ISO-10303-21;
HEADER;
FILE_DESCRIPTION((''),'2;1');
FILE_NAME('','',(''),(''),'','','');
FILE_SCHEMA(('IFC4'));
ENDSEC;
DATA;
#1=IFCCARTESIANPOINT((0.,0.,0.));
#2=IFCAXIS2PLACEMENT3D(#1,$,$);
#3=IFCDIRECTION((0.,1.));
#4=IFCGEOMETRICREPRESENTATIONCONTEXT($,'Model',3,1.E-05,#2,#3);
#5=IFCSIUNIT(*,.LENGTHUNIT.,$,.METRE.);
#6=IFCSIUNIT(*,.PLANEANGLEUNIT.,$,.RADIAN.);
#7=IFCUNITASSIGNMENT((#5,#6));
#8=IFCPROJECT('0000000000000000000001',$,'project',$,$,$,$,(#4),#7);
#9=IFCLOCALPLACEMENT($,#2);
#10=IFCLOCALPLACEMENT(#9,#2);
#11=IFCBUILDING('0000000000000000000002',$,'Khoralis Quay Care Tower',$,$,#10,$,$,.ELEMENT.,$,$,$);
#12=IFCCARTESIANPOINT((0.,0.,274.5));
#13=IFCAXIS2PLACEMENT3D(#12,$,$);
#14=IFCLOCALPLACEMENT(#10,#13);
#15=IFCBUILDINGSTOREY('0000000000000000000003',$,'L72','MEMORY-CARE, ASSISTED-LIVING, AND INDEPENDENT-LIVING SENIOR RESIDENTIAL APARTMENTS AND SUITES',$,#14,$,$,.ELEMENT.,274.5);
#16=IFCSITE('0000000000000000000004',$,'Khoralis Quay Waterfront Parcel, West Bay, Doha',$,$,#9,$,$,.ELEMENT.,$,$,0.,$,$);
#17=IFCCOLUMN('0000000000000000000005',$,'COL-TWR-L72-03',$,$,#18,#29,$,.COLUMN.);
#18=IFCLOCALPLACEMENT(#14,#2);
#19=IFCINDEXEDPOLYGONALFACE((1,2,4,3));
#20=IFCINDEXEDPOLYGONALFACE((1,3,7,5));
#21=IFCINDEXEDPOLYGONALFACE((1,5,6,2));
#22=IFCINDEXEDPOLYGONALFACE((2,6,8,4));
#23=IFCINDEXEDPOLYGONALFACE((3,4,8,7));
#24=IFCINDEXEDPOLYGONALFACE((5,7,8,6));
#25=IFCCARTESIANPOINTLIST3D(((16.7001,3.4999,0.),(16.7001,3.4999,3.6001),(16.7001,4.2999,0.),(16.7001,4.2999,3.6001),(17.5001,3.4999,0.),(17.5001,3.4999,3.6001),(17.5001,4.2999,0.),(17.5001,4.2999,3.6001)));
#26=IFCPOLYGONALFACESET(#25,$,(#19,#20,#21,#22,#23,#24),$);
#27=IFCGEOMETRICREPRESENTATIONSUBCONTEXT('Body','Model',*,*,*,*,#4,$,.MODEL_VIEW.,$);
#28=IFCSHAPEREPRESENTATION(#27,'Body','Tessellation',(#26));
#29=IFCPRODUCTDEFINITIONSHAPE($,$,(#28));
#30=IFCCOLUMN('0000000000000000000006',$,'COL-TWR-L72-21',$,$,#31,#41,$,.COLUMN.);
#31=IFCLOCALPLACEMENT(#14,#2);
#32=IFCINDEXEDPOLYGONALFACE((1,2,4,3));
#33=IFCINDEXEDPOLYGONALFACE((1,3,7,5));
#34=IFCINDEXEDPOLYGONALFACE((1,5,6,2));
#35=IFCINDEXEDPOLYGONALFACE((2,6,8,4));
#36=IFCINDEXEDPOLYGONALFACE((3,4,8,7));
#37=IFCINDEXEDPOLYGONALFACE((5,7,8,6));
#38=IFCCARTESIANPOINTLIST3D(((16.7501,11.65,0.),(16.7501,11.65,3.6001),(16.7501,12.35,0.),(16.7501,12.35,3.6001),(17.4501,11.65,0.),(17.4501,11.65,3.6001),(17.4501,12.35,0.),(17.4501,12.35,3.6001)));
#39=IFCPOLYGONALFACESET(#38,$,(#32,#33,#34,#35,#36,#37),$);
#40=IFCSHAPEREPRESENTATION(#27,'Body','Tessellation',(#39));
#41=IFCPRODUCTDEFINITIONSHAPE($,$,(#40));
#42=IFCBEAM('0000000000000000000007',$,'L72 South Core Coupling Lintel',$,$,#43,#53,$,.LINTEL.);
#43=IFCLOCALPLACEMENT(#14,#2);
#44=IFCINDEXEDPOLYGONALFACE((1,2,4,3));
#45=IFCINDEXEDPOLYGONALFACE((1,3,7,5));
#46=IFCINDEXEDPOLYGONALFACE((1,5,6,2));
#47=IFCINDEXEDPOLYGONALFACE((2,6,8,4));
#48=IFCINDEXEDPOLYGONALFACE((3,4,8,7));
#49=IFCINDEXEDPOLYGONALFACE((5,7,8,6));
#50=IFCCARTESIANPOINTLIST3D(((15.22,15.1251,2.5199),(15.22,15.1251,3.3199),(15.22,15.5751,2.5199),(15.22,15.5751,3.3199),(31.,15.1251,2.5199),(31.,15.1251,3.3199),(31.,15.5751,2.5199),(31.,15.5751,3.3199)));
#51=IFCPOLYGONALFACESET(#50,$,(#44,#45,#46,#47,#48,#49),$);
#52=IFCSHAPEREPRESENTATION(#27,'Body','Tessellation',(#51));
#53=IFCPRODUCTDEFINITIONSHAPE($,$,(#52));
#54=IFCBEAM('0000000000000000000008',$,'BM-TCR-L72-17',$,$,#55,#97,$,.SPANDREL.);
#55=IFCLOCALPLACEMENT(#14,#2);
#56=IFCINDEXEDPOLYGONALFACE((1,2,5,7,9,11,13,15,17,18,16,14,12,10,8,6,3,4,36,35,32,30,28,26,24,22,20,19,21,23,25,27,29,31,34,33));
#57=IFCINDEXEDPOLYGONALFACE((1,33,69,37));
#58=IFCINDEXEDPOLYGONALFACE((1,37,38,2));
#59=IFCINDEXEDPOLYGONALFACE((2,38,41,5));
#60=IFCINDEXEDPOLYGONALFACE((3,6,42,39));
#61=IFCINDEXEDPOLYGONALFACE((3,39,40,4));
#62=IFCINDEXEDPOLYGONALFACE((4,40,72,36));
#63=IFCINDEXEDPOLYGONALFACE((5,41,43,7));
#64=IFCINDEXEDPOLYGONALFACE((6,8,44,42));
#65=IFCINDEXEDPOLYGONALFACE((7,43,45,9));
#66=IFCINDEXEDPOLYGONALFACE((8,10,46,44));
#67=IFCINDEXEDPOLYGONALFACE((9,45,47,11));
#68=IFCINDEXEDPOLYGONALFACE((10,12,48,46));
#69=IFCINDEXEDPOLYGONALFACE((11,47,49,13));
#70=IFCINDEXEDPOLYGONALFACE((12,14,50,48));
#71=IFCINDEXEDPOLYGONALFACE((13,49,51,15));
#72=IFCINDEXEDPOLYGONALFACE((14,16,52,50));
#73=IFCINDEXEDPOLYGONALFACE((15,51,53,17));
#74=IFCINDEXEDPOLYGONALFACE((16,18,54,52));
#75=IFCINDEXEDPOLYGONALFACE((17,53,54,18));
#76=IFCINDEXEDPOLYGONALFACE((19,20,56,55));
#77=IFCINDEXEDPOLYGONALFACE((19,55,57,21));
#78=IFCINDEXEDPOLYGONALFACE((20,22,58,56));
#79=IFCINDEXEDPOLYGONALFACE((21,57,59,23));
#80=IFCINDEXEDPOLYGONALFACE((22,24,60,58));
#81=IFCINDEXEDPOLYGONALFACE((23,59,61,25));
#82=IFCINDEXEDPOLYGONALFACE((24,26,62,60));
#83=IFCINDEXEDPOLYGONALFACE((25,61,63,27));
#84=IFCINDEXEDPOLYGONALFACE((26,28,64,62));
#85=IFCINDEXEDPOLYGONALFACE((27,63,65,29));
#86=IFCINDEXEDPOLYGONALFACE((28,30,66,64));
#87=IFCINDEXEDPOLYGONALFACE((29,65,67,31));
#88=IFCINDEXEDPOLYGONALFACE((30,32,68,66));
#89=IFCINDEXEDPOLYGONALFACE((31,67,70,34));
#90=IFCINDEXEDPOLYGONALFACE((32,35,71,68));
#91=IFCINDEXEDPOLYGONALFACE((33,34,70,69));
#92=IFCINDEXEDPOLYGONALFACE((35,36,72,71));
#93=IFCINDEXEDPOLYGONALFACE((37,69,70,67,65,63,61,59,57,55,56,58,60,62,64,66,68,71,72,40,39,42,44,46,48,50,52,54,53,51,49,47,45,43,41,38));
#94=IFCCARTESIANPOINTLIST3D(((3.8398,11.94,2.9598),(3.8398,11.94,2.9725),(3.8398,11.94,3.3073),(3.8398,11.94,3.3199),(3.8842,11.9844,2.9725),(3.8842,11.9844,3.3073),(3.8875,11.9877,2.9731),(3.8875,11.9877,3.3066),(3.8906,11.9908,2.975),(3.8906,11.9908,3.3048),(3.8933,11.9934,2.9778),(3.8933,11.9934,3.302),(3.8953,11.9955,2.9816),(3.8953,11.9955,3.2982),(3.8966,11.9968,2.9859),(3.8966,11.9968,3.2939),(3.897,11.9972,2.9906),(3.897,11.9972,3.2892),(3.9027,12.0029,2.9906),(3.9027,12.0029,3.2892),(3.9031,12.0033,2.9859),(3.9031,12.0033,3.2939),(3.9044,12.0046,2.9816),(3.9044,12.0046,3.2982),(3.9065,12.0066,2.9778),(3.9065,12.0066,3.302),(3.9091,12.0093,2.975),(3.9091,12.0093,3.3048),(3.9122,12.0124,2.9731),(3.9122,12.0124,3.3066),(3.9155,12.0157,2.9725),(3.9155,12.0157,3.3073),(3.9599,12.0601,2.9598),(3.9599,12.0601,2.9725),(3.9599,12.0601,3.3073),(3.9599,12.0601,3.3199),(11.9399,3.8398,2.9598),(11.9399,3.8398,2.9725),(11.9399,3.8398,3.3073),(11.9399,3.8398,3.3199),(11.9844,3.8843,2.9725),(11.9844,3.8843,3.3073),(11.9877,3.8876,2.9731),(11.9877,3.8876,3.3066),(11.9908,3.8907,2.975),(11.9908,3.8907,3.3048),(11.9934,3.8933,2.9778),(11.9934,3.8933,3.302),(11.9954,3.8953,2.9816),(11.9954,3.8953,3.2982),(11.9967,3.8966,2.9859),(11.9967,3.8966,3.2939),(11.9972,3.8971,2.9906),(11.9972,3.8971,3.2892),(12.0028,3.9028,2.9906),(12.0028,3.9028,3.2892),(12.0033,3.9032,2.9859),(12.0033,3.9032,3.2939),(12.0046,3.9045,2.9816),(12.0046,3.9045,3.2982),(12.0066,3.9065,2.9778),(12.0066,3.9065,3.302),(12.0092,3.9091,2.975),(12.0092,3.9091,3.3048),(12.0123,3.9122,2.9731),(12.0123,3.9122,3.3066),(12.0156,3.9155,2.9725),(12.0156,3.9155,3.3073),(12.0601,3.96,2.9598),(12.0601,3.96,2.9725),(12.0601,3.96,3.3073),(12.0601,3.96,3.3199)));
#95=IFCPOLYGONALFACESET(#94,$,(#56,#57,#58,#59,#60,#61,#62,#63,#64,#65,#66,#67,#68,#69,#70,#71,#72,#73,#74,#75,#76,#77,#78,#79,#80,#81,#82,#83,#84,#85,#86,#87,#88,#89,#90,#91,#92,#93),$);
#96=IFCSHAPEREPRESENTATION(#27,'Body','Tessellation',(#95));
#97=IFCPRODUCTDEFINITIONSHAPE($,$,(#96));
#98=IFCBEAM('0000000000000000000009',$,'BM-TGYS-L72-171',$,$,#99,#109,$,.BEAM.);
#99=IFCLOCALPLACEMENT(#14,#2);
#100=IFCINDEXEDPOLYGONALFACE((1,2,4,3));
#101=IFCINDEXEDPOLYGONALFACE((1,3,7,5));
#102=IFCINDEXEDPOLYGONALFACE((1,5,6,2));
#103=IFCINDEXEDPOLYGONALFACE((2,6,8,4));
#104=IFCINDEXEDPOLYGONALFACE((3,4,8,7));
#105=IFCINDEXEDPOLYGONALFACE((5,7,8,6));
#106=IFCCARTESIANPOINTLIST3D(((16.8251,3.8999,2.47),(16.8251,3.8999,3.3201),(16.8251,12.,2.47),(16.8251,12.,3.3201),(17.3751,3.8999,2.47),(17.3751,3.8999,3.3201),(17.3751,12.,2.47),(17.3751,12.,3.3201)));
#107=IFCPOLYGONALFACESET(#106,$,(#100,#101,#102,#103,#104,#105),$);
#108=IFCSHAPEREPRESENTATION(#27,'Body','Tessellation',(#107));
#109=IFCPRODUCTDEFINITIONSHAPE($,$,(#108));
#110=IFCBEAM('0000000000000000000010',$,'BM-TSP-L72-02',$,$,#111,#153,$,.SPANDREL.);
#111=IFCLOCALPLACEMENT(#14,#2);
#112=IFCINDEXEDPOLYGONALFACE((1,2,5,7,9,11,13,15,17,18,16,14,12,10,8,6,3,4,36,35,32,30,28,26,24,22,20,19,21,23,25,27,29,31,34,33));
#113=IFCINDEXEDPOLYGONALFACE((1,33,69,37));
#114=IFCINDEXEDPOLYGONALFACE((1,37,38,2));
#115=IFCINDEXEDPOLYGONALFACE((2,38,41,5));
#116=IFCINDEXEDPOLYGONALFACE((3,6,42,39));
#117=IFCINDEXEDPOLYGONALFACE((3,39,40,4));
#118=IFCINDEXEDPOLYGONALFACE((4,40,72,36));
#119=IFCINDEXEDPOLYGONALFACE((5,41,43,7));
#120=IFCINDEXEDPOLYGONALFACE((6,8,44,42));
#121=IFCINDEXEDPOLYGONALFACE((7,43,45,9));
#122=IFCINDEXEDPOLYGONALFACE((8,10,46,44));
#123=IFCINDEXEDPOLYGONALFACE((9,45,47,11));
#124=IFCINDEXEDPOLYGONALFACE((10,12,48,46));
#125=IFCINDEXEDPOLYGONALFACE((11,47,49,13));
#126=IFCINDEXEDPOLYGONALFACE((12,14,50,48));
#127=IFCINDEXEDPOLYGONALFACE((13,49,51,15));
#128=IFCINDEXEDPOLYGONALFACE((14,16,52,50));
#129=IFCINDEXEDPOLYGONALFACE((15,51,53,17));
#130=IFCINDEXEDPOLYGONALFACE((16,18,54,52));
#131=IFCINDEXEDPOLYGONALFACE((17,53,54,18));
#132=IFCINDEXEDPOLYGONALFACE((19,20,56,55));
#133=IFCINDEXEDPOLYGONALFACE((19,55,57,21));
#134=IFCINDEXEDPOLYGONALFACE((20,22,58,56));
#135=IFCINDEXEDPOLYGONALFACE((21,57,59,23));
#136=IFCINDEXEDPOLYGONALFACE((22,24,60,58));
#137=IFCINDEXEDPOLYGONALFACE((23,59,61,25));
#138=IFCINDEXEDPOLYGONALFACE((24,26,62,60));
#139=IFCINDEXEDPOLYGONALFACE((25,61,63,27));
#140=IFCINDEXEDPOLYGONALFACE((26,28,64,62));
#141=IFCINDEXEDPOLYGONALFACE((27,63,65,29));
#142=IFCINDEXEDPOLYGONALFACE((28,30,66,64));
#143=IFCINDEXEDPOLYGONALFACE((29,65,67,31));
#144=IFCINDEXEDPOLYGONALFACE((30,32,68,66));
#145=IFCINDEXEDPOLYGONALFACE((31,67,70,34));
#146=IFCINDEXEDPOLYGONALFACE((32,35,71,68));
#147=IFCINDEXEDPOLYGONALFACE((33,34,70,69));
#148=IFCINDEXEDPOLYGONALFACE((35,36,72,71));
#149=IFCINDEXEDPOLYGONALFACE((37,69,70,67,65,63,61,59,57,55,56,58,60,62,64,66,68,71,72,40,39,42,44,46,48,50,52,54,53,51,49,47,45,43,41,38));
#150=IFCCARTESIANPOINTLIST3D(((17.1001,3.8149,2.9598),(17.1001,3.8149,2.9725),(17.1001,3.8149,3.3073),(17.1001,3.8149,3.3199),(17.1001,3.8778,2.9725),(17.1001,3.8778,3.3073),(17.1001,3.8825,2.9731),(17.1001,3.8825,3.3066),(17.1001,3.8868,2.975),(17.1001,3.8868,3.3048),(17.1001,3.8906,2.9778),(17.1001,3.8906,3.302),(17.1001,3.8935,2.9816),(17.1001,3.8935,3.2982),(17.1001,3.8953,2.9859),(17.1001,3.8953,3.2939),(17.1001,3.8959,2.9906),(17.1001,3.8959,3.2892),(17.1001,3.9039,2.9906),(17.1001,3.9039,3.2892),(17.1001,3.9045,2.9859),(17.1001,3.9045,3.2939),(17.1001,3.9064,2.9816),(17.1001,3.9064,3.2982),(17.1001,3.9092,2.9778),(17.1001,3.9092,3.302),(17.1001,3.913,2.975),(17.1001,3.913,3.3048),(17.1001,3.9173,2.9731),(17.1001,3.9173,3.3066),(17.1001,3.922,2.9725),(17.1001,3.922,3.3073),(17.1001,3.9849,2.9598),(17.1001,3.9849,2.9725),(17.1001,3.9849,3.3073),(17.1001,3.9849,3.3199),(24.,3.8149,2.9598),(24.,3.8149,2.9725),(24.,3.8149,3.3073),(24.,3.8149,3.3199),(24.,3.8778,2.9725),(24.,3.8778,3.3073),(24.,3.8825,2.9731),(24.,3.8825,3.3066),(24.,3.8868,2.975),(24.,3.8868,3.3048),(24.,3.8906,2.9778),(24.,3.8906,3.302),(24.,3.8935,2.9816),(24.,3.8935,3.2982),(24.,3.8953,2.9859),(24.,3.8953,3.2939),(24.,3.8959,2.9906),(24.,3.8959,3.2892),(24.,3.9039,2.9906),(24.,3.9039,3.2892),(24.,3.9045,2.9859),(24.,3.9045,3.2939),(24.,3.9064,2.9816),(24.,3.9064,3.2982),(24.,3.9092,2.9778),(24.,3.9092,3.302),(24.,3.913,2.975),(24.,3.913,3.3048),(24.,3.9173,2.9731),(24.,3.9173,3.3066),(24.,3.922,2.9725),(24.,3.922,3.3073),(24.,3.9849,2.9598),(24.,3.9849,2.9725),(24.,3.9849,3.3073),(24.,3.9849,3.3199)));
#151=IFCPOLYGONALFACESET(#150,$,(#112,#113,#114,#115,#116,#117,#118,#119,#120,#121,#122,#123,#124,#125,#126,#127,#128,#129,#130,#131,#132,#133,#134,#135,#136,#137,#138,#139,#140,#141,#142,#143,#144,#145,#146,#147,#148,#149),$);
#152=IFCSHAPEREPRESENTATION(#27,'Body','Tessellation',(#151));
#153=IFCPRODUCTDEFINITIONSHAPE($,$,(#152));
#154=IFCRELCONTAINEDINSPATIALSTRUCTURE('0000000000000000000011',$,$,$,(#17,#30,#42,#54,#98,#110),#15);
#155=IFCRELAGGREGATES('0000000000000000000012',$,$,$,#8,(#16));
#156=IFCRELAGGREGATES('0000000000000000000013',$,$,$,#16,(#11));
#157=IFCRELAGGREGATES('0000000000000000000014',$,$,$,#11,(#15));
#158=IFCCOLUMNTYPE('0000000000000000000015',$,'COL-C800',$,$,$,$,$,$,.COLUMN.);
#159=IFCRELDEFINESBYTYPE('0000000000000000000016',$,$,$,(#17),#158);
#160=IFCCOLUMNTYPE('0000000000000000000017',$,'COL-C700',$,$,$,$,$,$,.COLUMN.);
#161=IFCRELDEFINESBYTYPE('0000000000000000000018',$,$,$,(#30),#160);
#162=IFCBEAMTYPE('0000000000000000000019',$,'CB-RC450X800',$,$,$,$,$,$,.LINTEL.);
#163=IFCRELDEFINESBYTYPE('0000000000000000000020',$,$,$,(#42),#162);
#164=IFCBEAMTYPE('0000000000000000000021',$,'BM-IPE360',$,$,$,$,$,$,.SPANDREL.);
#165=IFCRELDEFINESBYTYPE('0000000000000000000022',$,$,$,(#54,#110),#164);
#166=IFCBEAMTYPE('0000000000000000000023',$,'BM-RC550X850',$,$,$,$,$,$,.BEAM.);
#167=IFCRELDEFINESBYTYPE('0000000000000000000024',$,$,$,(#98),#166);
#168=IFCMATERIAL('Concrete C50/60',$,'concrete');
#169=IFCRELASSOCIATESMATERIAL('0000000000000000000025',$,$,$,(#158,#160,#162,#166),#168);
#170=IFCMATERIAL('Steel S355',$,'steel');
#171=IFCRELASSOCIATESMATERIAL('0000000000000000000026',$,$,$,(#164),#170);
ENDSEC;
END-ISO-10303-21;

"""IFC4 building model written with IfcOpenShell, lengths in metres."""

from ifc_helpers import new_model, si_unit, direction, frame, origin, origin_2d, place, context, subcontext, project, spatial, rectangle, i_section, extrude, source, transform, mapped, material, material_profile, profile_set, type_object, element, save


model = new_model("IFC4")

# Units and contexts
model_context = context("Model", 3, precision=1e-05, world=origin(), true_north=direction((0.0, 1.0)))
body_context = subcontext(model_context, "Body", "Model", "MODEL_VIEW")
ifc_project = project(units=[si_unit("LENGTHUNIT", "METRE"), si_unit("PLANEANGLEUNIT", "RADIAN")], contexts=[model_context])

# Site, building, storey
site_placement = place(None, origin())
site = spatial("IfcSite", under=ifc_project, at=site_placement, Name="Khoralis Quay Waterfront Parcel, West Bay, Doha", CompositionType="ELEMENT", RefElevation=0.0)
building_placement = place(site_placement, origin())
building = spatial("IfcBuilding", under=site, at=building_placement, Name="Khoralis Quay Care Tower", CompositionType="ELEMENT")
storey_placement = place(building_placement, frame((0.0, 0.0, 274.5)))
storey = spatial("IfcBuildingStorey", under=building, at=storey_placement, Name="L72", Description="MEMORY-CARE, ASSISTED-LIVING, AND INDEPENDENT-LIVING SENIOR RESIDENTIAL APARTMENTS AND SUITES", CompositionType="ELEMENT", Elevation=274.5)

# Columns
ifc_material_1 = material(Name="Concrete C50/60", Category="concrete")
ifc_material_profile_1 = material_profile(ifc_material_1, rectangle(XDim=0.8, YDim=0.8, at=origin_2d()), Name="Concrete C50/60")
ifc_profile_set_1 = profile_set([ifc_material_profile_1], Name="Concrete C50/60")
column_type_1 = type_object("IfcColumnType", Name="COL-C800", PredefinedType="COLUMN", material=ifc_profile_set_1)
shared_shape_1 = source(origin(), body_context, "Body", "SweptSolid", [
    extrude(rectangle(XDim=0.8, YDim=0.8, at=origin_2d()), origin(), (0.0, 0.0, 1.0), 3.6001),
])
column_1_placement = place(storey_placement, frame((17.1001, 3.8999, 0.0), z_axis=(0.0, 0.0, 1.0), x_axis=(1.0, 0.0, 0.0)))
element("IfcColumn", 1, at=column_1_placement, inside=storey, type_object=column_type_1, Name="COL-TWR-L72-03", PredefinedType="COLUMN", context=body_context, shape_type="MappedRepresentation", body=[
    mapped(shared_shape_1, transform((0.0, 0.0, 0.0), scale=1.0)),
])
ifc_material_profile_2 = material_profile(ifc_material_1, rectangle(XDim=0.7, YDim=0.7, at=origin_2d()), Name="Concrete C50/60")
ifc_profile_set_2 = profile_set([ifc_material_profile_2], Name="Concrete C50/60")
column_type_2 = type_object("IfcColumnType", Name="COL-C700", PredefinedType="COLUMN", material=ifc_profile_set_2)
shared_shape_2 = source(origin(), body_context, "Body", "SweptSolid", [
    extrude(rectangle(XDim=0.7, YDim=0.7, at=origin_2d()), origin(), (0.0, 0.0, 1.0), 3.6001),
])
column_2_placement = place(storey_placement, frame((17.1001, 12.0, 0.0), z_axis=(0.0, 0.0, 1.0), x_axis=(1.0, 0.0, 0.0)))
element("IfcColumn", 2, at=column_2_placement, inside=storey, type_object=column_type_2, Name="COL-TWR-L72-21", PredefinedType="COLUMN", context=body_context, shape_type="MappedRepresentation", body=[
    mapped(shared_shape_2, transform((0.0, 0.0, 0.0), scale=1.0)),
])

# Beams
ifc_material_profile_3 = material_profile(ifc_material_1, rectangle(XDim=0.45, YDim=0.8, at=origin_2d()), Name="Concrete C50/60")
ifc_profile_set_3 = profile_set([ifc_material_profile_3], Name="Concrete C50/60")
beam_type_1 = type_object("IfcBeamType", Name="CB-RC450X800", PredefinedType="LINTEL", material=ifc_profile_set_3)
shared_shape_3 = source(origin(), body_context, "Body", "SweptSolid", [
    extrude(rectangle(XDim=0.45, YDim=0.8, at=origin_2d()), origin(), (0.0, 0.0, 1.0), 15.78),
])
beam_1_placement = place(storey_placement, frame((15.22, 15.3501, 2.9199), z_axis=(1.0, 0.0, 0.0), x_axis=(0.0, 1.0, 0.0)))
element("IfcBeam", 3, at=beam_1_placement, inside=storey, type_object=beam_type_1, Name="L72 South Core Coupling Lintel", PredefinedType="LINTEL", context=body_context, shape_type="MappedRepresentation", body=[
    mapped(shared_shape_3, transform((0.0, 0.0, 0.0), scale=1.0)),
])
ifc_material_2 = material(Name="Steel S355", Category="steel")
ifc_material_profile_4 = material_profile(ifc_material_2, i_section(OverallWidth=0.1699, OverallDepth=0.3601, WebThickness=0.0081, FlangeThickness=0.0127, FilletRadius=0.0181, at=origin_2d()), Name="Steel S355")
ifc_profile_set_4 = profile_set([ifc_material_profile_4], Name="Steel S355")
beam_type_2 = type_object("IfcBeamType", Name="BM-IPE360", PredefinedType="SPANDREL", material=ifc_profile_set_4)
shared_shape_4 = source(origin(), body_context, "Body", "SweptSolid", [
    extrude(i_section(OverallWidth=0.1699, OverallDepth=0.3601, WebThickness=0.0081, FlangeThickness=0.0127, FilletRadius=0.0181, at=origin_2d()), origin(), (0.0, 0.0, 1.0), 11.4553),
])
beam_2_placement = place(storey_placement, frame((12.0, 3.8999, 3.1399), z_axis=(-0.707107, 0.707107, 0.0), x_axis=(-0.707107, -0.707107, 0.0)))
element("IfcBeam", 4, at=beam_2_placement, inside=storey, type_object=beam_type_2, Name="BM-TCR-L72-17", PredefinedType="SPANDREL", context=body_context, shape_type="MappedRepresentation", body=[
    mapped(shared_shape_4, transform((0.0, 0.0, 0.0), scale=1.0)),
])
ifc_material_profile_5 = material_profile(ifc_material_1, rectangle(XDim=0.55, YDim=0.8501, at=origin_2d()), Name="Concrete C50/60")
ifc_profile_set_5 = profile_set([ifc_material_profile_5], Name="Concrete C50/60")
beam_type_3 = type_object("IfcBeamType", Name="BM-RC550X850", PredefinedType="BEAM", material=ifc_profile_set_5)
shared_shape_5 = source(origin(), body_context, "Body", "SweptSolid", [
    extrude(rectangle(XDim=0.55, YDim=0.8501, at=origin_2d()), origin(), (0.0, 0.0, 1.0), 8.1001),
])
beam_3_placement = place(storey_placement, frame((17.1001, 3.8999, 2.895), z_axis=(0.0, 1.0, 0.0), x_axis=(-1.0, 0.0, 0.0)))
element("IfcBeam", 5, at=beam_3_placement, inside=storey, type_object=beam_type_3, Name="BM-TGYS-L72-171", PredefinedType="BEAM", context=body_context, shape_type="MappedRepresentation", body=[
    mapped(shared_shape_5, transform((0.0, 0.0, 0.0), scale=1.0)),
])
shared_shape_6 = source(origin(), body_context, "Body", "SweptSolid", [
    extrude(i_section(OverallWidth=0.1699, OverallDepth=0.3601, WebThickness=0.0081, FlangeThickness=0.0127, FilletRadius=0.0181, at=origin_2d()), origin(), (0.0, 0.0, 1.0), 6.8999),
])
beam_4_placement = place(storey_placement, frame((17.1001, 3.8999, 3.1399), z_axis=(1.0, 0.0, 0.0), x_axis=(0.0, 1.0, 0.0)))
element("IfcBeam", 6, at=beam_4_placement, inside=storey, type_object=beam_type_2, Name="BM-TSP-L72-02", PredefinedType="SPANDREL", context=body_context, shape_type="MappedRepresentation", body=[
    mapped(shared_shape_6, transform((0.0, 0.0, 0.0), scale=1.0)),
])

save(model, "model.ifc")
